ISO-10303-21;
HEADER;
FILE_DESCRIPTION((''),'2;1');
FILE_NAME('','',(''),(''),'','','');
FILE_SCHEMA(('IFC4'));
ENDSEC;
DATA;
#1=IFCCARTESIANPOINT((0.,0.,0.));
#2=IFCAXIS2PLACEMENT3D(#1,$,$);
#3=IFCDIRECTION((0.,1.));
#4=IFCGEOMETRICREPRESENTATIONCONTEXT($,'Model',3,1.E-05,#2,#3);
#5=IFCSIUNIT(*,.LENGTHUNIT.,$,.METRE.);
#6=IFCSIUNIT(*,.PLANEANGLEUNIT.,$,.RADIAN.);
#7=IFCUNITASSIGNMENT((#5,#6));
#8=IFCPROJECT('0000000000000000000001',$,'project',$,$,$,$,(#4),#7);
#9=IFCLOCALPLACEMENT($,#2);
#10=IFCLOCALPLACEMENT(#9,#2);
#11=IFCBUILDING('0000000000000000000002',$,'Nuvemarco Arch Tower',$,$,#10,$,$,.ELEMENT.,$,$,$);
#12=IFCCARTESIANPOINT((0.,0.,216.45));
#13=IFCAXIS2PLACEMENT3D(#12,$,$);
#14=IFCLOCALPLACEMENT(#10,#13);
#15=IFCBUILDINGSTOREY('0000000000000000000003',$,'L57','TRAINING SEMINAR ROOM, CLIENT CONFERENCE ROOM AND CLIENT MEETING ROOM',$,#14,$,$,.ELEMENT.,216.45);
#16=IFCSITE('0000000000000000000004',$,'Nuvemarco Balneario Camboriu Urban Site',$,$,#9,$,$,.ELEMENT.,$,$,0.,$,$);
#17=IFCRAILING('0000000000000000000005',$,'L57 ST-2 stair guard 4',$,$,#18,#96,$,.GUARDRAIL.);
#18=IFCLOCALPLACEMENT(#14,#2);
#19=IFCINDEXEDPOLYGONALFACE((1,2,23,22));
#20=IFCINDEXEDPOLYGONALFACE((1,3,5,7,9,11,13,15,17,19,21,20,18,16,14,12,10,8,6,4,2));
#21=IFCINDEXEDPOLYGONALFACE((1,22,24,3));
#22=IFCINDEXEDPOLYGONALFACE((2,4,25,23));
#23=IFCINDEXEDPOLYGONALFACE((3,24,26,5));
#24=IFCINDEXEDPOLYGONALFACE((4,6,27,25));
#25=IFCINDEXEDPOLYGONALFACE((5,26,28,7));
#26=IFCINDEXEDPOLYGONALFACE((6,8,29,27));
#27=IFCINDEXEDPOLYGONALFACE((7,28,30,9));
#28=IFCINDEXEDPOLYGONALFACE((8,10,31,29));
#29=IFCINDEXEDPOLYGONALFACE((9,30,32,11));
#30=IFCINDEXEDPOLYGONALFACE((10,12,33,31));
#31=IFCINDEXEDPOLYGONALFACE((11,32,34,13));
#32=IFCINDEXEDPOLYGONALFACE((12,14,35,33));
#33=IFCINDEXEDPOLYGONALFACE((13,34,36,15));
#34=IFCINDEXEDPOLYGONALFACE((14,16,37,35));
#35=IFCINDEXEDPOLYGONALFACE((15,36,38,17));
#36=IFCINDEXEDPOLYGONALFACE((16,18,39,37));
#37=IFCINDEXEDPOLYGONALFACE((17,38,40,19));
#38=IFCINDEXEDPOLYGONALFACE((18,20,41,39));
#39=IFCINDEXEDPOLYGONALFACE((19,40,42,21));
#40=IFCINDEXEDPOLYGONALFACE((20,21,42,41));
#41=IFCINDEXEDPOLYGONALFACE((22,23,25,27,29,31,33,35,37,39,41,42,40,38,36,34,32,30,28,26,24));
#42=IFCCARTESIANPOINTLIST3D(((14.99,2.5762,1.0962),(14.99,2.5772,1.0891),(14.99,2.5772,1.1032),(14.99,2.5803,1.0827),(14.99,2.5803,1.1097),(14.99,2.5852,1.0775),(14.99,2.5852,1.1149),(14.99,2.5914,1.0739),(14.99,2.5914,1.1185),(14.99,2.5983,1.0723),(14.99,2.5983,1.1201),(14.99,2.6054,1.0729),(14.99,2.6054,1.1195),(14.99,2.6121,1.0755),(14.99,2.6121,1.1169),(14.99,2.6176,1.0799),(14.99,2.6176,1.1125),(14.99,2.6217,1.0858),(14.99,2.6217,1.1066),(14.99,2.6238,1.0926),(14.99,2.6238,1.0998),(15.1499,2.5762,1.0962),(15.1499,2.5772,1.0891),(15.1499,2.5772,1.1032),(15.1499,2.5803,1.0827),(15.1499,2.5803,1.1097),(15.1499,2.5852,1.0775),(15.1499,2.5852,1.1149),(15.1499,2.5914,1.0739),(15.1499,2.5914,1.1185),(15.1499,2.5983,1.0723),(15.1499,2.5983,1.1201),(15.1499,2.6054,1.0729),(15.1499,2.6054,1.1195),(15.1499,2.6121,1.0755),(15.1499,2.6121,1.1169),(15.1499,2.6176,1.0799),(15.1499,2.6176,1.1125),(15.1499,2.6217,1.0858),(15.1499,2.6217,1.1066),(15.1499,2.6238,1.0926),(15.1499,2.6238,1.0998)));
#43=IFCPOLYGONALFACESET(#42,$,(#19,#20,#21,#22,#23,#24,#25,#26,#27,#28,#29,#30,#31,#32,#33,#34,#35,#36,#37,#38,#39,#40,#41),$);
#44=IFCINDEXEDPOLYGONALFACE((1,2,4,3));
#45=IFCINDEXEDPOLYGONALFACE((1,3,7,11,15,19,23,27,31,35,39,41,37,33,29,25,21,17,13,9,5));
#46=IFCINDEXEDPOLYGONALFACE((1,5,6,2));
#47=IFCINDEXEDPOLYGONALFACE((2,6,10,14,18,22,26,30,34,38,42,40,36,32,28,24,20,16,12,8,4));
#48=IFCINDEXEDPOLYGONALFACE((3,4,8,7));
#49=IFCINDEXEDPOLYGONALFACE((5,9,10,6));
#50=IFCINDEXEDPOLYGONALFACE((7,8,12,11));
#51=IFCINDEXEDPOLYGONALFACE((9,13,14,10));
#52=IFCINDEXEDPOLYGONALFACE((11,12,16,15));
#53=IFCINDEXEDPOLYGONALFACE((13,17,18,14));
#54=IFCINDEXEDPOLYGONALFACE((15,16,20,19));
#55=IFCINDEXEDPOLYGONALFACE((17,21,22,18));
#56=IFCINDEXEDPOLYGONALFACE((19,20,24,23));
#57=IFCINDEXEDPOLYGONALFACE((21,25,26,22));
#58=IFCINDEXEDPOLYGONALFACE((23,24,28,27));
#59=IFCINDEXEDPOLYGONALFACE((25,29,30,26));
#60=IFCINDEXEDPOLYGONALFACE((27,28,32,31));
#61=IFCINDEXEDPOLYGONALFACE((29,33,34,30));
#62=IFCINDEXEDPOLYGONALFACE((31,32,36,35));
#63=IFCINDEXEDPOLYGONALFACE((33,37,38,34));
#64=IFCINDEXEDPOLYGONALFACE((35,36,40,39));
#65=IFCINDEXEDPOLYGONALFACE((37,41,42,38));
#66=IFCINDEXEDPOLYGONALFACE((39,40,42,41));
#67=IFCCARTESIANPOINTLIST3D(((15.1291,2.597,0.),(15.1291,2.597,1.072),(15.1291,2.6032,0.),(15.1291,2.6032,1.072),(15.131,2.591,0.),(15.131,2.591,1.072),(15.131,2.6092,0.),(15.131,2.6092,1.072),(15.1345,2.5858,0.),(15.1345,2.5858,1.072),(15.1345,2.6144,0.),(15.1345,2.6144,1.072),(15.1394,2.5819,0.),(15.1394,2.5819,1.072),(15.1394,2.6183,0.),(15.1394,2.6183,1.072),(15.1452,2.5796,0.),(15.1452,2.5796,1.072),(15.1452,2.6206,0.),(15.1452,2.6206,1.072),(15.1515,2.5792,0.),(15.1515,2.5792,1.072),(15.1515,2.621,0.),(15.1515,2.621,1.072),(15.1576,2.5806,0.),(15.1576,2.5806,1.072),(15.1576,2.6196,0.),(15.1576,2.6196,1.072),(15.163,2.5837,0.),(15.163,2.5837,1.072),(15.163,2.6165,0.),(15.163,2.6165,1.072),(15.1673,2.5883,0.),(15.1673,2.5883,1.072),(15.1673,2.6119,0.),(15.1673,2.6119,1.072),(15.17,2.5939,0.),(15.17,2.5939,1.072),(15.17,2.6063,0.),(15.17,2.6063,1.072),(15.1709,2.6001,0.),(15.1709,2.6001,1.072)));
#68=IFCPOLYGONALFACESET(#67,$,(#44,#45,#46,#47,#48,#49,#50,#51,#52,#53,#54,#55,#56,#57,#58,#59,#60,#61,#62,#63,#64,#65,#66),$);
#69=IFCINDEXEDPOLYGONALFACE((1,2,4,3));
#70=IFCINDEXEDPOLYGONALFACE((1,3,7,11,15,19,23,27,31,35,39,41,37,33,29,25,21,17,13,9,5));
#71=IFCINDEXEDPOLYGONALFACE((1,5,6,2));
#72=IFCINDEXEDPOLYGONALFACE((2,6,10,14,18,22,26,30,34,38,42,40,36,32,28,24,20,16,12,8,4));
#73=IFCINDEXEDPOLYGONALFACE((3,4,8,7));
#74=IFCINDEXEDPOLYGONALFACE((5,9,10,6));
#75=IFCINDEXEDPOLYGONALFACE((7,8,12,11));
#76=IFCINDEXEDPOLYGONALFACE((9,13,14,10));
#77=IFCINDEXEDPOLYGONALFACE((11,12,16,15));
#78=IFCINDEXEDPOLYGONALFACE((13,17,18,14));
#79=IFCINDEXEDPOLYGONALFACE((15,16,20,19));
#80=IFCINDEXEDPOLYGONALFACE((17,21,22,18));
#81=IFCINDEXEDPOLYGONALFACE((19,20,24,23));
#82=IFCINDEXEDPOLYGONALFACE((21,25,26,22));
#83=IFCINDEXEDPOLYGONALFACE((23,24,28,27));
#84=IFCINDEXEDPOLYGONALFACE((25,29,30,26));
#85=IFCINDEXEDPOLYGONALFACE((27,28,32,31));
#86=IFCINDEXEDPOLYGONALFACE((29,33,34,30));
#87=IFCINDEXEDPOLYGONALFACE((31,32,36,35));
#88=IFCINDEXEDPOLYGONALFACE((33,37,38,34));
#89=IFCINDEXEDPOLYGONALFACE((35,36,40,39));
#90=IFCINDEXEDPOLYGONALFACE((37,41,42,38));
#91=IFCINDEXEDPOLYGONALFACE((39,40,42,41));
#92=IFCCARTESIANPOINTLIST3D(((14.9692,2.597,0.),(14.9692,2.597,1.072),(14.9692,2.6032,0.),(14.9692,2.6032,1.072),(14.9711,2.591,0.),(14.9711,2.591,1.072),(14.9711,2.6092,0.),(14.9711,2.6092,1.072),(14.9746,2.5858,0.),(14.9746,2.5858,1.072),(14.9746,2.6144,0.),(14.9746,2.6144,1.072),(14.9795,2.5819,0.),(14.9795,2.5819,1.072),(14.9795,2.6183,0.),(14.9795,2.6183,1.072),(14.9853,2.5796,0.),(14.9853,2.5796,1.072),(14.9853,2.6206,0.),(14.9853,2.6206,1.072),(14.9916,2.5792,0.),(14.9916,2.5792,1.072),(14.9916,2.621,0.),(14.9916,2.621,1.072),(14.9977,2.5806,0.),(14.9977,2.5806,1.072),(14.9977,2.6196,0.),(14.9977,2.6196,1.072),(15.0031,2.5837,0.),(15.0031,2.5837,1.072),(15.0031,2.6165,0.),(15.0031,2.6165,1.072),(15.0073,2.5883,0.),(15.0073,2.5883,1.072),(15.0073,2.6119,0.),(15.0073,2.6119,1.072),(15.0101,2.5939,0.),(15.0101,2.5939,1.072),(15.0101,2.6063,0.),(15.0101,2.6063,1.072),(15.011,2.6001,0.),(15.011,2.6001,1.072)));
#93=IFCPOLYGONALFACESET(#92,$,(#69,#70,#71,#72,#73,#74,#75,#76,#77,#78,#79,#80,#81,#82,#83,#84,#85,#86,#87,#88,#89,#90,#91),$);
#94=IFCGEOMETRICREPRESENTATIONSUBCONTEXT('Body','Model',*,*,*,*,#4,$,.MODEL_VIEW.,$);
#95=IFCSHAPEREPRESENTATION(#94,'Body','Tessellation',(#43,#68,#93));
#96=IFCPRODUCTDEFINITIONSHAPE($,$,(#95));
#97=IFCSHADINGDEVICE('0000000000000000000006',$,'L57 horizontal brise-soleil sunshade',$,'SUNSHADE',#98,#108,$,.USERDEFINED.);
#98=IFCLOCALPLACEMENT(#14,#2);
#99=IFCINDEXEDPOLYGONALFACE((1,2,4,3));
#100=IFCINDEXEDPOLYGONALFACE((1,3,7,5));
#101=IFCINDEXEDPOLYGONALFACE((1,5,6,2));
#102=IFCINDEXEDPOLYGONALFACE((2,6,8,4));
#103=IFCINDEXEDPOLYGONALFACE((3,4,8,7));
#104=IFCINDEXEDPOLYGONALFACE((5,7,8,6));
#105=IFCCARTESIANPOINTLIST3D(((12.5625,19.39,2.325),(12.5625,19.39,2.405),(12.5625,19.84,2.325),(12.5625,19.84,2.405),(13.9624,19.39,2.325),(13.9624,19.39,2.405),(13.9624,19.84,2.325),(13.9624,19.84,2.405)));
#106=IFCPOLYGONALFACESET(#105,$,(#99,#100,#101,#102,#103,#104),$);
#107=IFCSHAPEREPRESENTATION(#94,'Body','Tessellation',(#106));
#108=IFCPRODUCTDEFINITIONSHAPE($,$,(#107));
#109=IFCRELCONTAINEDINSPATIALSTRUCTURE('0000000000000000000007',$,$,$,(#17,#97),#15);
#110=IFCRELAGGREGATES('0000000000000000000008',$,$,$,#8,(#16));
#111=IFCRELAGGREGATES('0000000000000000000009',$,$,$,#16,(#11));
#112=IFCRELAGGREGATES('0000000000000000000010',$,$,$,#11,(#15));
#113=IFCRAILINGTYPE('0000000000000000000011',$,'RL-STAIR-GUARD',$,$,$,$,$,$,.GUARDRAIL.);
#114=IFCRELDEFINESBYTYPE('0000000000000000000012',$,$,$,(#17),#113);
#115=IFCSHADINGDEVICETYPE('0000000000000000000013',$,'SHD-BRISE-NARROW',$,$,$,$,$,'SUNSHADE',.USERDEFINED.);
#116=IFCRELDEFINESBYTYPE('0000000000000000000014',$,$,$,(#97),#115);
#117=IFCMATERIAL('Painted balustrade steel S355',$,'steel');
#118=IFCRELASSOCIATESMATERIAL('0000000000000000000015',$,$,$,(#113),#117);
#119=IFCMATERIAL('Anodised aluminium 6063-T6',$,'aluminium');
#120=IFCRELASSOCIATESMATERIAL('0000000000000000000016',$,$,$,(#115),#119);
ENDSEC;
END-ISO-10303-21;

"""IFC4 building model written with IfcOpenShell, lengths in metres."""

from ifc_helpers import new_model, si_unit, direction, frame, origin, origin_2d, place, context, subcontext, project, spatial, rectangle, circle, extrude, source, transform, mapped, material, type_object, type_shapes, element, save


model = new_model("IFC4")

# Units and contexts
model_context = context("Model", 3, precision=1e-05, world=origin(), true_north=direction((0.0, 1.0)))
body_context = subcontext(model_context, "Body", "Model", "MODEL_VIEW")
ifc_project = project(units=[si_unit("LENGTHUNIT", "METRE"), si_unit("PLANEANGLEUNIT", "RADIAN")], contexts=[model_context])

# Site, building, storey
site_placement = place(None, origin())
site = spatial("IfcSite", under=ifc_project, at=site_placement, Name="Nuvemarco Balneario Camboriu Urban Site", CompositionType="ELEMENT", RefElevation=0.0)
building_placement = place(site_placement, origin())
building = spatial("IfcBuilding", under=site, at=building_placement, Name="Nuvemarco Arch Tower", CompositionType="ELEMENT")
storey_placement = place(building_placement, frame((0.0, 0.0, 216.45)))
storey = spatial("IfcBuildingStorey", under=building, at=storey_placement, Name="L57", Description="TRAINING SEMINAR ROOM, CLIENT CONFERENCE ROOM AND CLIENT MEETING ROOM", CompositionType="ELEMENT", Elevation=216.45)

# Railing
ifc_material_1 = material(Name="Painted balustrade steel S355", Category="steel")
railing_type_1 = type_object("IfcRailingType", Name="RL-STAIR-GUARD", PredefinedType="GUARDRAIL", material=ifc_material_1)
railing_1_placement = place(storey_placement, frame((15.1499, 2.6001, 0.0)))
element("IfcRailing", 1, at=railing_1_placement, inside=storey, type_object=railing_type_1, Name="L57 ST-2 stair guard 4", PredefinedType="GUARDRAIL", context=body_context, shape_type="SweptSolid", body=[
    extrude(circle(Radius=0.0239, at=origin_2d()), frame((0.0, 0.0, 1.0962), z_axis=(-1.0, 0.0, 0.0), x_axis=(0.0, -1.0, 0.0)), (0.0, 0.0, 1.0), 0.1599),
    extrude(circle(Radius=0.021, at=origin_2d()), origin(), (0.0, 0.0, 1.0), 1.072),
    extrude(circle(Radius=0.021, at=origin_2d()), frame((-0.1599, 0.0, 0.0)), (0.0, 0.0, 1.0), 1.072),
])

# Shading device
ifc_material_2 = material(Name="Anodised aluminium 6063-T6", Category="aluminium")
shading_device_type = type_object("IfcShadingDeviceType", Name="SHD-BRISE-NARROW", ElementType="SUNSHADE", PredefinedType="USERDEFINED", material=ifc_material_2)
shared_shape_1 = source(origin(), body_context, "Body", "SweptSolid", [
    extrude(rectangle(XDim=1.3999, YDim=0.45, at=origin_2d()), origin(), (0.0, 0.0, 1.0), 0.0801),
])
type_shapes(shading_device_type, [shared_shape_1])
shading_device_placement = place(storey_placement, frame((13.2625, 19.615, 2.325), z_axis=(0.0, 0.0, 1.0), x_axis=(1.0, 0.0, 0.0)))
element("IfcShadingDevice", 2, at=shading_device_placement, inside=storey, type_object=shading_device_type, Name="L57 horizontal brise-soleil sunshade", ObjectType="SUNSHADE", PredefinedType="USERDEFINED", context=body_context, shape_type="MappedRepresentation", body=[
    mapped(shared_shape_1, transform((0.0, 0.0, 0.0), scale=1.0)),
])

save(model, "model.ifc")
